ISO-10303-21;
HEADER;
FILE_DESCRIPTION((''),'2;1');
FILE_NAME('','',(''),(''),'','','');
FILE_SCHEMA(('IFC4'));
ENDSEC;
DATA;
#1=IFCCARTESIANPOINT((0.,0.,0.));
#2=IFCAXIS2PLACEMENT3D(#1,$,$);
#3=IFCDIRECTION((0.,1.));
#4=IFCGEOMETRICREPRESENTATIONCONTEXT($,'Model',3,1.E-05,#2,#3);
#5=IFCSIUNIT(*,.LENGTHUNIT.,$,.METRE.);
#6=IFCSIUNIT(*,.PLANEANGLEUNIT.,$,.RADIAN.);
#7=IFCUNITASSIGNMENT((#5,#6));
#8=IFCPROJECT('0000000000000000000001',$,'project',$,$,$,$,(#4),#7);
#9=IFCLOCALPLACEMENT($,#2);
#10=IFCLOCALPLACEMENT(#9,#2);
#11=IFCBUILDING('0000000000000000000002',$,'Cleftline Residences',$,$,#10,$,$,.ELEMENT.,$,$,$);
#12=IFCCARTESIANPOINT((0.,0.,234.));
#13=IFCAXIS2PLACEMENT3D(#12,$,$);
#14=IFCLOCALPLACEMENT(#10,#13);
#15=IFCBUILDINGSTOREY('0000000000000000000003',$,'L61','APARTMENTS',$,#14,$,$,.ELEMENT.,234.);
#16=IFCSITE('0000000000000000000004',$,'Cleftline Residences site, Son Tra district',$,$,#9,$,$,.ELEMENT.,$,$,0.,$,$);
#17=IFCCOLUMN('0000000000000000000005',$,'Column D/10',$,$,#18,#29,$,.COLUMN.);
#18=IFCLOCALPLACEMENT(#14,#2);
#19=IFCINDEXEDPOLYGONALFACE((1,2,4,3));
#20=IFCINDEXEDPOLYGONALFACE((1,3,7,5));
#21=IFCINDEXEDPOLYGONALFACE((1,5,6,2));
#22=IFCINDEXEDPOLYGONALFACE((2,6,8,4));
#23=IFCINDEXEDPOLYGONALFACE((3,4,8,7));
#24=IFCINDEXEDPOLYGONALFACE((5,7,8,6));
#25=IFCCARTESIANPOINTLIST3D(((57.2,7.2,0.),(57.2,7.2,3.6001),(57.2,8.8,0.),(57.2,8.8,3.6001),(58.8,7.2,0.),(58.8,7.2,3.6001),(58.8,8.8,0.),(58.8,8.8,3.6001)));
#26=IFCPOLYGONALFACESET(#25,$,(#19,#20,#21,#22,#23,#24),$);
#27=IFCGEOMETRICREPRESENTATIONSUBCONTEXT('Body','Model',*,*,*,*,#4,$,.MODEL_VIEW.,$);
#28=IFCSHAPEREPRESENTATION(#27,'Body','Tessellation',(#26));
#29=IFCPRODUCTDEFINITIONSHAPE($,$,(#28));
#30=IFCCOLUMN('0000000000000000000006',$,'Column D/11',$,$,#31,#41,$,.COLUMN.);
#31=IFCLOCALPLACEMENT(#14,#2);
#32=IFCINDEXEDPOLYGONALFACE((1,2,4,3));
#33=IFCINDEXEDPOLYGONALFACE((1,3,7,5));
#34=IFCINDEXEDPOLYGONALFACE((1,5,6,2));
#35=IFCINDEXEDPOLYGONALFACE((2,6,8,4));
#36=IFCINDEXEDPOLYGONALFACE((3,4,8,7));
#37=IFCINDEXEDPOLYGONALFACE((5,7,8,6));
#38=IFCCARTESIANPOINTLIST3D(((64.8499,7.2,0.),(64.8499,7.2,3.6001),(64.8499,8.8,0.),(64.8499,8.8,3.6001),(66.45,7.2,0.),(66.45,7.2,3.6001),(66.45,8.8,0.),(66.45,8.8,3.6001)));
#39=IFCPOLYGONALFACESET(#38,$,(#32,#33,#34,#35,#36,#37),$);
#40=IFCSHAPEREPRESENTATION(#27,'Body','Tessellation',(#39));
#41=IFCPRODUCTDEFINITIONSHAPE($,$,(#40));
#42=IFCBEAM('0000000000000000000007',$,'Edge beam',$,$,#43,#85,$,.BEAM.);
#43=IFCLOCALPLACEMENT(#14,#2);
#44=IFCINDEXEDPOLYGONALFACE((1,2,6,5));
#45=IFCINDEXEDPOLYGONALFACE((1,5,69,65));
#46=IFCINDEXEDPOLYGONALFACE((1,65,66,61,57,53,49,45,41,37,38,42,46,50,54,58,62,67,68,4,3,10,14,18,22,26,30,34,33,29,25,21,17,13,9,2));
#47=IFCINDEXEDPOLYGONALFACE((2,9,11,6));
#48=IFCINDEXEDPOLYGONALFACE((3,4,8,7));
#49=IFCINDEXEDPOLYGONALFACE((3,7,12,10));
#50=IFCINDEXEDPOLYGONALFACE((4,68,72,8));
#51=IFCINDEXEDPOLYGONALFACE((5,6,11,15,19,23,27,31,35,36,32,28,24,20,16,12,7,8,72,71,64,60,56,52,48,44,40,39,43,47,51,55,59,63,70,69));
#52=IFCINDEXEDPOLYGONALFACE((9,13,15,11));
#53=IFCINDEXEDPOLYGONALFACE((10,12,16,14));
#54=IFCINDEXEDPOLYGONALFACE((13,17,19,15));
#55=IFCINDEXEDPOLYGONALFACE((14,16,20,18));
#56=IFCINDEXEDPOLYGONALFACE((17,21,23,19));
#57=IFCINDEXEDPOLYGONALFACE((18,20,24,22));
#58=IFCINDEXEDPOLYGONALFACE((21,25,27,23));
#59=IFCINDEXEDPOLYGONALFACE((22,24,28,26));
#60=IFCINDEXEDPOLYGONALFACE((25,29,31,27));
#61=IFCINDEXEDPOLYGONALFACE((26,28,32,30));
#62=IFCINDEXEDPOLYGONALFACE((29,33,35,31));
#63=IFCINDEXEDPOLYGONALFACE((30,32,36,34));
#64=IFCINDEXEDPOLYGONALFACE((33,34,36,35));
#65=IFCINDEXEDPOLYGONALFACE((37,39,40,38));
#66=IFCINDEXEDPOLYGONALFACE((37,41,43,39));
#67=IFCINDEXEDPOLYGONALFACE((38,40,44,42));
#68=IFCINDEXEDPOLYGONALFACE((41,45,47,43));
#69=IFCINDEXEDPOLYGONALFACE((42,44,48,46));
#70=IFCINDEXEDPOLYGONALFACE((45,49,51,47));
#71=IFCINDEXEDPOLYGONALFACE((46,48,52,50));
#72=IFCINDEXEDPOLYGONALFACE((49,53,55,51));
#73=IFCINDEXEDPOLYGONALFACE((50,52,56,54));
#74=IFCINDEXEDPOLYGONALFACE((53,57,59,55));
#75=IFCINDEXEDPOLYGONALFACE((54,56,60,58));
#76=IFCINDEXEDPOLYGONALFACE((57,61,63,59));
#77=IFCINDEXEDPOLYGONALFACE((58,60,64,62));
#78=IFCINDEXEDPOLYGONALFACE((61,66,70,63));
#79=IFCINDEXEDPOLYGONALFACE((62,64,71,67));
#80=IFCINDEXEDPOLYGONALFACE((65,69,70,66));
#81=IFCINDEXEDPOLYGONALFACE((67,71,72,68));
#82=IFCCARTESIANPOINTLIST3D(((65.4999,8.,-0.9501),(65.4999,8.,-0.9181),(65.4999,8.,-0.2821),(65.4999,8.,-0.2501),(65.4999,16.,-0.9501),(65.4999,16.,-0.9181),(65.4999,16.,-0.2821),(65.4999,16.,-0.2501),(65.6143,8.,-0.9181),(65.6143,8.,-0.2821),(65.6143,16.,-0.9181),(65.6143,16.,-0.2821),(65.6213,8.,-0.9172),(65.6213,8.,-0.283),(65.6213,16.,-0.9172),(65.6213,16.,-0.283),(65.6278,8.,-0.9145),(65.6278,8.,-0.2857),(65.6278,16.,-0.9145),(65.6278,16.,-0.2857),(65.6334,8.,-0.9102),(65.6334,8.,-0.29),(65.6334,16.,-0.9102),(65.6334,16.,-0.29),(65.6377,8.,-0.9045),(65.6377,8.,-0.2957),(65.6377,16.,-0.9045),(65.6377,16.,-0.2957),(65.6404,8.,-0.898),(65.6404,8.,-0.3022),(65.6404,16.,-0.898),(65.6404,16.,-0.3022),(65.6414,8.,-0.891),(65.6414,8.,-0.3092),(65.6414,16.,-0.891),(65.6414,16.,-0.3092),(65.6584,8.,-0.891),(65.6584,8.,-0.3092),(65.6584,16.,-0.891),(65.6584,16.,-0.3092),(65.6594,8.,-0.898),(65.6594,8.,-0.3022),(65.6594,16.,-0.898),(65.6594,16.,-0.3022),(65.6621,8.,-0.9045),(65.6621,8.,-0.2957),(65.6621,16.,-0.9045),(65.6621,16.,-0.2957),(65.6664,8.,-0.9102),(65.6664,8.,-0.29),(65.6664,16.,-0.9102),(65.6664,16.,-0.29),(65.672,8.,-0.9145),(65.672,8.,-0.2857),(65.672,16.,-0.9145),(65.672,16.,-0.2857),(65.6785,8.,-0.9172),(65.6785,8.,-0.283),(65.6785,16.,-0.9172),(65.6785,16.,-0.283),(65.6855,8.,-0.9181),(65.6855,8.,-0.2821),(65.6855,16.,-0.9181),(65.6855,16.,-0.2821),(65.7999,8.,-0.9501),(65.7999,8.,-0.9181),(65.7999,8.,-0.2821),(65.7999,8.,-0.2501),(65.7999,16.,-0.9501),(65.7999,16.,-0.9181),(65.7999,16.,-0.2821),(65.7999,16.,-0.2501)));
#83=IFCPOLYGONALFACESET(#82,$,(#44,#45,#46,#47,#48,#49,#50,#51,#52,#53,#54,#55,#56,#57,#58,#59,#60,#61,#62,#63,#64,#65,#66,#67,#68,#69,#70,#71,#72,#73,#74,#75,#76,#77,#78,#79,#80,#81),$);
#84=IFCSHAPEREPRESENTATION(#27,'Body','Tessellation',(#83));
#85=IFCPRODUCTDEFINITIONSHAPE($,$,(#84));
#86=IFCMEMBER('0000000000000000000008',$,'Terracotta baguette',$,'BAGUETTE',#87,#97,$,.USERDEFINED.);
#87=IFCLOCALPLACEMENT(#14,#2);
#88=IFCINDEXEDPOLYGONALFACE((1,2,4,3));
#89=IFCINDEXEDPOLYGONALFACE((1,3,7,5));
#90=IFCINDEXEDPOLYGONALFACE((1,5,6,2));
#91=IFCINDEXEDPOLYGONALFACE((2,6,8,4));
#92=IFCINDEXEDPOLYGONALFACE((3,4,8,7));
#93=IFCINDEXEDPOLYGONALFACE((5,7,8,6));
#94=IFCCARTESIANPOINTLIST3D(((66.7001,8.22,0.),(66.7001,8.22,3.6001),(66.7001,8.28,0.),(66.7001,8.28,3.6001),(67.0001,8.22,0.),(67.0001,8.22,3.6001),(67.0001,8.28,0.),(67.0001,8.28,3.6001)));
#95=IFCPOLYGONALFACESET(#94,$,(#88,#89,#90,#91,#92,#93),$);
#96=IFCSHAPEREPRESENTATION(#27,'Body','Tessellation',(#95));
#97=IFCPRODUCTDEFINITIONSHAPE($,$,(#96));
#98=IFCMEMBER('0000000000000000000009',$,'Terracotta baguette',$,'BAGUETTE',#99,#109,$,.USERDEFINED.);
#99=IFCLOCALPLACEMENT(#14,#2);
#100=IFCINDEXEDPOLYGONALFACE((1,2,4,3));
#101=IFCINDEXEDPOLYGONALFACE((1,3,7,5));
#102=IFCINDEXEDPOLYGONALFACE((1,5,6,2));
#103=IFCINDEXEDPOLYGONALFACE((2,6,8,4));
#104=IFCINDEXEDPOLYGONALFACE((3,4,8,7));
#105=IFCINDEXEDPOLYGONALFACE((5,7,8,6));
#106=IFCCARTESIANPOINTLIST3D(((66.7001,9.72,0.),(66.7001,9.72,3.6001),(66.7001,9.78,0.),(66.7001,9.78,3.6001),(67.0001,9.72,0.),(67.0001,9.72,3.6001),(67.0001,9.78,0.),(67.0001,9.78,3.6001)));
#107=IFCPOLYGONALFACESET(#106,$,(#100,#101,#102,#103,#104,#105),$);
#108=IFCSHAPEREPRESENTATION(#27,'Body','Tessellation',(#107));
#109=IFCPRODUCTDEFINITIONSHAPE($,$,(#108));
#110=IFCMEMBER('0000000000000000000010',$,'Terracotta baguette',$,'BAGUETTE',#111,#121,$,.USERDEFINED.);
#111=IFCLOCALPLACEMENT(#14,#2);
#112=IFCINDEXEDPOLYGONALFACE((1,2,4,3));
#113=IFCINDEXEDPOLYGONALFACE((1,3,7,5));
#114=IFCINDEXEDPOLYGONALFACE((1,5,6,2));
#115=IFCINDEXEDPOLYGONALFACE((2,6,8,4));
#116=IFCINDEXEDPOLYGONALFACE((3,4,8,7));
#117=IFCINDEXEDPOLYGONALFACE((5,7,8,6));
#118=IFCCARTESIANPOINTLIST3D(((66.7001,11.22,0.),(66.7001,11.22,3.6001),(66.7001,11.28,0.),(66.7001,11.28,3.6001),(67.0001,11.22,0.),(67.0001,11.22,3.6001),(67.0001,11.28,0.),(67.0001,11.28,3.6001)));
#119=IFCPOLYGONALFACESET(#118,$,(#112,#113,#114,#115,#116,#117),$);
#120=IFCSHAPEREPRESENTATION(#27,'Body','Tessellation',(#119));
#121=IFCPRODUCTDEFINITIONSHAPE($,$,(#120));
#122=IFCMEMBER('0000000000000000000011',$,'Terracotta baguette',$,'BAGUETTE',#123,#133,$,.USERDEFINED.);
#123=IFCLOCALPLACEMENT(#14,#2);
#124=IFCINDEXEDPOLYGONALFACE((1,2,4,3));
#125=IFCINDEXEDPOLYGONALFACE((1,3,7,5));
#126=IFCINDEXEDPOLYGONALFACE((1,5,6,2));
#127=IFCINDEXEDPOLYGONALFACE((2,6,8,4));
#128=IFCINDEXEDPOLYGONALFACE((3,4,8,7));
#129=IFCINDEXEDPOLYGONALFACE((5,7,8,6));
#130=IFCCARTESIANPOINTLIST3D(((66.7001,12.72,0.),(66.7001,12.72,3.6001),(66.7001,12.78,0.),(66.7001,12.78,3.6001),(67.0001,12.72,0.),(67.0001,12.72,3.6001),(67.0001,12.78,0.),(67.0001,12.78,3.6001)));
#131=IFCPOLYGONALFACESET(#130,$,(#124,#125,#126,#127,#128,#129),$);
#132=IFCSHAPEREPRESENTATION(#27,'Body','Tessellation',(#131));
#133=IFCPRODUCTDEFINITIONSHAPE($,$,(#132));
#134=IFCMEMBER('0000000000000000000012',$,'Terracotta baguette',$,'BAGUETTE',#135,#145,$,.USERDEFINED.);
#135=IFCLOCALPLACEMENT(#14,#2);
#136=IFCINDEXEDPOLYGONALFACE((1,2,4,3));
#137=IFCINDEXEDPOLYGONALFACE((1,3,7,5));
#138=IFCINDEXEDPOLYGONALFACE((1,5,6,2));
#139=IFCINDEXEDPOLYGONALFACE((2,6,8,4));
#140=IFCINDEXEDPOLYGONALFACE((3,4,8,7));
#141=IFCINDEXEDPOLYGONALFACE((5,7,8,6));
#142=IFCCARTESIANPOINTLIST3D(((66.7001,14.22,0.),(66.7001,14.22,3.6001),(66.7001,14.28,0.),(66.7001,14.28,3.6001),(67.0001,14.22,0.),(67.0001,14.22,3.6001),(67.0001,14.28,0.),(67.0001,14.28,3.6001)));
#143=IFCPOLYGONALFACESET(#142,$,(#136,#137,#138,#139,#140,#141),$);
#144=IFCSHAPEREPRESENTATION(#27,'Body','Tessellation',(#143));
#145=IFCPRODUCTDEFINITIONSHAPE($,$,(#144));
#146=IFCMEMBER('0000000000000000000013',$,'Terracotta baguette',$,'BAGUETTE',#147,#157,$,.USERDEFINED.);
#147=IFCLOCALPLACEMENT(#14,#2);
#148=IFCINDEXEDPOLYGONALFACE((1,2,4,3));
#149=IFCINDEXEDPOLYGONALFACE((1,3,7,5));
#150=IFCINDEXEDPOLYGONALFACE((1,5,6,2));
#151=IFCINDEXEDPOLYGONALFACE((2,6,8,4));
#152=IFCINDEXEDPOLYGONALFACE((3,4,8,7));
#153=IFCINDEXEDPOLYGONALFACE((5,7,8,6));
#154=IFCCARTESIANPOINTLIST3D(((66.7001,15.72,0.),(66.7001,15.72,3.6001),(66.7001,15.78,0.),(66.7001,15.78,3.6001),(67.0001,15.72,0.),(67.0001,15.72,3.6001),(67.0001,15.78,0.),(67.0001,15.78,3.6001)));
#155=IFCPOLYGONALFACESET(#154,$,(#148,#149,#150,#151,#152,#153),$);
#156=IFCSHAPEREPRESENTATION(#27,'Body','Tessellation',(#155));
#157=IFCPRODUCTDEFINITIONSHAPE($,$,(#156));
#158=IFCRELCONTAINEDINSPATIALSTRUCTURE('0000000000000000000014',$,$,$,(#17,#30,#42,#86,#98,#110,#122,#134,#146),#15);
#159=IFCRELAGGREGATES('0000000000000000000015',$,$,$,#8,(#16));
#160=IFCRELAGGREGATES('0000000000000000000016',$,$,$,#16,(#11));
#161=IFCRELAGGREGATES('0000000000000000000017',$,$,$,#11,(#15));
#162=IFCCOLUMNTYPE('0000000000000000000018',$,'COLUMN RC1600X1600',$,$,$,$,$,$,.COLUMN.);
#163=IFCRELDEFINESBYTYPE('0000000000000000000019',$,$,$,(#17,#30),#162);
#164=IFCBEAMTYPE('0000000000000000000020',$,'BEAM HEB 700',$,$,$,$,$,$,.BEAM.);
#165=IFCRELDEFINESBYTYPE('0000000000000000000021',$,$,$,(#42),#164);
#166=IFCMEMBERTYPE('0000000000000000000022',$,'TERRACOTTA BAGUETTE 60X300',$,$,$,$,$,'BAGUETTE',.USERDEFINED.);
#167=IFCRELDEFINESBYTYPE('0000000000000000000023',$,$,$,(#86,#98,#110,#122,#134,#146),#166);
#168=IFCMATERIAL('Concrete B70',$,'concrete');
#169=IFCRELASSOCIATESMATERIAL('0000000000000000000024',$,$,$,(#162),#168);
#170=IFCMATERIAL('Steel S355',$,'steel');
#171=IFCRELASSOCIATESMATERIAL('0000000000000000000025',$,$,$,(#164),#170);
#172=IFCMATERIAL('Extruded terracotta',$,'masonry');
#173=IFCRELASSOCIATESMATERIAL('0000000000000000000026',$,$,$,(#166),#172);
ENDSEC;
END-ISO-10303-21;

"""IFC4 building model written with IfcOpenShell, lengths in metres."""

from ifc_helpers import new_model, si_unit, direction, frame, origin, origin_2d, place, context, subcontext, project, spatial, rectangle, i_section, extrude, material, material_profile, profile_set, type_object, element, save


model = new_model("IFC4")

# Units and contexts
model_context = context("Model", 3, precision=1e-05, world=origin(), true_north=direction((0.0, 1.0)))
body_context = subcontext(model_context, "Body", "Model", "MODEL_VIEW")
ifc_project = project(units=[si_unit("LENGTHUNIT", "METRE"), si_unit("PLANEANGLEUNIT", "RADIAN")], contexts=[model_context])

# Site, building, storey
site_placement = place(None, origin())
site = spatial("IfcSite", under=ifc_project, at=site_placement, Name="Cleftline Residences site, Son Tra district", CompositionType="ELEMENT", RefElevation=0.0)
building_placement = place(site_placement, origin())
building = spatial("IfcBuilding", under=site, at=building_placement, Name="Cleftline Residences", CompositionType="ELEMENT")
storey_placement = place(building_placement, frame((0.0, 0.0, 234.0)))
storey = spatial("IfcBuildingStorey", under=building, at=storey_placement, Name="L61", Description="APARTMENTS", CompositionType="ELEMENT", Elevation=234.0)

# Columns
ifc_material_1 = material(Name="Concrete B70", Category="concrete")
ifc_material_profile_1 = material_profile(ifc_material_1, rectangle(XDim=1.6001, YDim=1.6001, at=origin_2d()))
ifc_profile_set_1 = profile_set([ifc_material_profile_1], Name="Concrete B70")
column_type = type_object("IfcColumnType", Name="COLUMN RC1600X1600", PredefinedType="COLUMN", material=ifc_profile_set_1)
for number, where, z_axis, x_axis, name in (
    (1, (58.0, 8.0, 0.0), (0.0, 0.0, 1.0), (1.0, 0.0, 0.0), "Column D/10"),
    (2, (65.6499, 8.0, 0.0), (0.0, 0.0, 1.0), (1.0, 0.0, 0.0), "Column D/11"),
):
    element("IfcColumn", number, at=place(storey_placement, frame(where, z_axis=z_axis, x_axis=x_axis)), inside=storey, type_object=column_type, Name=name, PredefinedType="COLUMN", context=body_context, shape_type="SweptSolid", body=[
        extrude(rectangle(XDim=1.6001, YDim=1.6001, at=origin_2d()), origin(), (0.0, 0.0, 1.0), 3.6001),
    ])

# Beam
ifc_material_2 = material(Name="Steel S355", Category="steel")
ifc_material_profile_2 = material_profile(ifc_material_2, i_section(OverallWidth=0.3, OverallDepth=0.7, WebThickness=0.0171, FlangeThickness=0.032, FilletRadius=0.0271, at=origin_2d()))
ifc_profile_set_2 = profile_set([ifc_material_profile_2], Name="Steel S355")
beam_type = type_object("IfcBeamType", Name="BEAM HEB 700", PredefinedType="BEAM", material=ifc_profile_set_2)
beam_placement = place(storey_placement, frame((65.6499, 8.0, -0.6001), z_axis=(0.0, 1.0, 0.0), x_axis=(-1.0, 0.0, 0.0)))
element("IfcBeam", 3, at=beam_placement, inside=storey, type_object=beam_type, Name="Edge beam", PredefinedType="BEAM", context=body_context, shape_type="SweptSolid", body=[
    extrude(i_section(OverallWidth=0.3, OverallDepth=0.7, WebThickness=0.0171, FlangeThickness=0.032, FilletRadius=0.0271, at=origin_2d()), origin(), (0.0, 0.0, 1.0), 8.0),
])

# Members
ifc_material_3 = material(Name="Extruded terracotta", Category="masonry")
ifc_material_profile_3 = material_profile(ifc_material_3, rectangle(XDim=0.0601, YDim=0.3, at=origin_2d()))
ifc_profile_set_3 = profile_set([ifc_material_profile_3], Name="Extruded terracotta")
member_type = type_object("IfcMemberType", Name="TERRACOTTA BAGUETTE 60X300", ElementType="BAGUETTE", PredefinedType="USERDEFINED", material=ifc_profile_set_3)
for number, where, z_axis, x_axis, name in (
    (4, (66.8501, 8.25, 0.0), (0.0, 0.0, 1.0), (0.0, 1.0, 0.0), "Terracotta baguette"),
    (5, (66.8501, 9.75, 0.0), (0.0, 0.0, 1.0), (0.0, 1.0, 0.0), "Terracotta baguette"),
    (6, (66.8501, 11.25, 0.0), (0.0, 0.0, 1.0), (0.0, 1.0, 0.0), "Terracotta baguette"),
    (7, (66.8501, 12.75, 0.0), (0.0, 0.0, 1.0), (0.0, 1.0, 0.0), "Terracotta baguette"),
    (8, (66.8501, 14.25, 0.0), (0.0, 0.0, 1.0), (0.0, 1.0, 0.0), "Terracotta baguette"),
    (9, (66.8501, 15.75, 0.0), (0.0, 0.0, 1.0), (0.0, 1.0, 0.0), "Terracotta baguette"),
):
    element("IfcMember", number, at=place(storey_placement, frame(where, z_axis=z_axis, x_axis=x_axis)), inside=storey, type_object=member_type, Name=name, ObjectType="BAGUETTE", PredefinedType="USERDEFINED", context=body_context, shape_type="SweptSolid", body=[
        extrude(rectangle(XDim=0.0601, YDim=0.3, at=origin_2d()), origin(), (0.0, 0.0, 1.0), 3.6001),
    ])

save(model, "model.ifc")
